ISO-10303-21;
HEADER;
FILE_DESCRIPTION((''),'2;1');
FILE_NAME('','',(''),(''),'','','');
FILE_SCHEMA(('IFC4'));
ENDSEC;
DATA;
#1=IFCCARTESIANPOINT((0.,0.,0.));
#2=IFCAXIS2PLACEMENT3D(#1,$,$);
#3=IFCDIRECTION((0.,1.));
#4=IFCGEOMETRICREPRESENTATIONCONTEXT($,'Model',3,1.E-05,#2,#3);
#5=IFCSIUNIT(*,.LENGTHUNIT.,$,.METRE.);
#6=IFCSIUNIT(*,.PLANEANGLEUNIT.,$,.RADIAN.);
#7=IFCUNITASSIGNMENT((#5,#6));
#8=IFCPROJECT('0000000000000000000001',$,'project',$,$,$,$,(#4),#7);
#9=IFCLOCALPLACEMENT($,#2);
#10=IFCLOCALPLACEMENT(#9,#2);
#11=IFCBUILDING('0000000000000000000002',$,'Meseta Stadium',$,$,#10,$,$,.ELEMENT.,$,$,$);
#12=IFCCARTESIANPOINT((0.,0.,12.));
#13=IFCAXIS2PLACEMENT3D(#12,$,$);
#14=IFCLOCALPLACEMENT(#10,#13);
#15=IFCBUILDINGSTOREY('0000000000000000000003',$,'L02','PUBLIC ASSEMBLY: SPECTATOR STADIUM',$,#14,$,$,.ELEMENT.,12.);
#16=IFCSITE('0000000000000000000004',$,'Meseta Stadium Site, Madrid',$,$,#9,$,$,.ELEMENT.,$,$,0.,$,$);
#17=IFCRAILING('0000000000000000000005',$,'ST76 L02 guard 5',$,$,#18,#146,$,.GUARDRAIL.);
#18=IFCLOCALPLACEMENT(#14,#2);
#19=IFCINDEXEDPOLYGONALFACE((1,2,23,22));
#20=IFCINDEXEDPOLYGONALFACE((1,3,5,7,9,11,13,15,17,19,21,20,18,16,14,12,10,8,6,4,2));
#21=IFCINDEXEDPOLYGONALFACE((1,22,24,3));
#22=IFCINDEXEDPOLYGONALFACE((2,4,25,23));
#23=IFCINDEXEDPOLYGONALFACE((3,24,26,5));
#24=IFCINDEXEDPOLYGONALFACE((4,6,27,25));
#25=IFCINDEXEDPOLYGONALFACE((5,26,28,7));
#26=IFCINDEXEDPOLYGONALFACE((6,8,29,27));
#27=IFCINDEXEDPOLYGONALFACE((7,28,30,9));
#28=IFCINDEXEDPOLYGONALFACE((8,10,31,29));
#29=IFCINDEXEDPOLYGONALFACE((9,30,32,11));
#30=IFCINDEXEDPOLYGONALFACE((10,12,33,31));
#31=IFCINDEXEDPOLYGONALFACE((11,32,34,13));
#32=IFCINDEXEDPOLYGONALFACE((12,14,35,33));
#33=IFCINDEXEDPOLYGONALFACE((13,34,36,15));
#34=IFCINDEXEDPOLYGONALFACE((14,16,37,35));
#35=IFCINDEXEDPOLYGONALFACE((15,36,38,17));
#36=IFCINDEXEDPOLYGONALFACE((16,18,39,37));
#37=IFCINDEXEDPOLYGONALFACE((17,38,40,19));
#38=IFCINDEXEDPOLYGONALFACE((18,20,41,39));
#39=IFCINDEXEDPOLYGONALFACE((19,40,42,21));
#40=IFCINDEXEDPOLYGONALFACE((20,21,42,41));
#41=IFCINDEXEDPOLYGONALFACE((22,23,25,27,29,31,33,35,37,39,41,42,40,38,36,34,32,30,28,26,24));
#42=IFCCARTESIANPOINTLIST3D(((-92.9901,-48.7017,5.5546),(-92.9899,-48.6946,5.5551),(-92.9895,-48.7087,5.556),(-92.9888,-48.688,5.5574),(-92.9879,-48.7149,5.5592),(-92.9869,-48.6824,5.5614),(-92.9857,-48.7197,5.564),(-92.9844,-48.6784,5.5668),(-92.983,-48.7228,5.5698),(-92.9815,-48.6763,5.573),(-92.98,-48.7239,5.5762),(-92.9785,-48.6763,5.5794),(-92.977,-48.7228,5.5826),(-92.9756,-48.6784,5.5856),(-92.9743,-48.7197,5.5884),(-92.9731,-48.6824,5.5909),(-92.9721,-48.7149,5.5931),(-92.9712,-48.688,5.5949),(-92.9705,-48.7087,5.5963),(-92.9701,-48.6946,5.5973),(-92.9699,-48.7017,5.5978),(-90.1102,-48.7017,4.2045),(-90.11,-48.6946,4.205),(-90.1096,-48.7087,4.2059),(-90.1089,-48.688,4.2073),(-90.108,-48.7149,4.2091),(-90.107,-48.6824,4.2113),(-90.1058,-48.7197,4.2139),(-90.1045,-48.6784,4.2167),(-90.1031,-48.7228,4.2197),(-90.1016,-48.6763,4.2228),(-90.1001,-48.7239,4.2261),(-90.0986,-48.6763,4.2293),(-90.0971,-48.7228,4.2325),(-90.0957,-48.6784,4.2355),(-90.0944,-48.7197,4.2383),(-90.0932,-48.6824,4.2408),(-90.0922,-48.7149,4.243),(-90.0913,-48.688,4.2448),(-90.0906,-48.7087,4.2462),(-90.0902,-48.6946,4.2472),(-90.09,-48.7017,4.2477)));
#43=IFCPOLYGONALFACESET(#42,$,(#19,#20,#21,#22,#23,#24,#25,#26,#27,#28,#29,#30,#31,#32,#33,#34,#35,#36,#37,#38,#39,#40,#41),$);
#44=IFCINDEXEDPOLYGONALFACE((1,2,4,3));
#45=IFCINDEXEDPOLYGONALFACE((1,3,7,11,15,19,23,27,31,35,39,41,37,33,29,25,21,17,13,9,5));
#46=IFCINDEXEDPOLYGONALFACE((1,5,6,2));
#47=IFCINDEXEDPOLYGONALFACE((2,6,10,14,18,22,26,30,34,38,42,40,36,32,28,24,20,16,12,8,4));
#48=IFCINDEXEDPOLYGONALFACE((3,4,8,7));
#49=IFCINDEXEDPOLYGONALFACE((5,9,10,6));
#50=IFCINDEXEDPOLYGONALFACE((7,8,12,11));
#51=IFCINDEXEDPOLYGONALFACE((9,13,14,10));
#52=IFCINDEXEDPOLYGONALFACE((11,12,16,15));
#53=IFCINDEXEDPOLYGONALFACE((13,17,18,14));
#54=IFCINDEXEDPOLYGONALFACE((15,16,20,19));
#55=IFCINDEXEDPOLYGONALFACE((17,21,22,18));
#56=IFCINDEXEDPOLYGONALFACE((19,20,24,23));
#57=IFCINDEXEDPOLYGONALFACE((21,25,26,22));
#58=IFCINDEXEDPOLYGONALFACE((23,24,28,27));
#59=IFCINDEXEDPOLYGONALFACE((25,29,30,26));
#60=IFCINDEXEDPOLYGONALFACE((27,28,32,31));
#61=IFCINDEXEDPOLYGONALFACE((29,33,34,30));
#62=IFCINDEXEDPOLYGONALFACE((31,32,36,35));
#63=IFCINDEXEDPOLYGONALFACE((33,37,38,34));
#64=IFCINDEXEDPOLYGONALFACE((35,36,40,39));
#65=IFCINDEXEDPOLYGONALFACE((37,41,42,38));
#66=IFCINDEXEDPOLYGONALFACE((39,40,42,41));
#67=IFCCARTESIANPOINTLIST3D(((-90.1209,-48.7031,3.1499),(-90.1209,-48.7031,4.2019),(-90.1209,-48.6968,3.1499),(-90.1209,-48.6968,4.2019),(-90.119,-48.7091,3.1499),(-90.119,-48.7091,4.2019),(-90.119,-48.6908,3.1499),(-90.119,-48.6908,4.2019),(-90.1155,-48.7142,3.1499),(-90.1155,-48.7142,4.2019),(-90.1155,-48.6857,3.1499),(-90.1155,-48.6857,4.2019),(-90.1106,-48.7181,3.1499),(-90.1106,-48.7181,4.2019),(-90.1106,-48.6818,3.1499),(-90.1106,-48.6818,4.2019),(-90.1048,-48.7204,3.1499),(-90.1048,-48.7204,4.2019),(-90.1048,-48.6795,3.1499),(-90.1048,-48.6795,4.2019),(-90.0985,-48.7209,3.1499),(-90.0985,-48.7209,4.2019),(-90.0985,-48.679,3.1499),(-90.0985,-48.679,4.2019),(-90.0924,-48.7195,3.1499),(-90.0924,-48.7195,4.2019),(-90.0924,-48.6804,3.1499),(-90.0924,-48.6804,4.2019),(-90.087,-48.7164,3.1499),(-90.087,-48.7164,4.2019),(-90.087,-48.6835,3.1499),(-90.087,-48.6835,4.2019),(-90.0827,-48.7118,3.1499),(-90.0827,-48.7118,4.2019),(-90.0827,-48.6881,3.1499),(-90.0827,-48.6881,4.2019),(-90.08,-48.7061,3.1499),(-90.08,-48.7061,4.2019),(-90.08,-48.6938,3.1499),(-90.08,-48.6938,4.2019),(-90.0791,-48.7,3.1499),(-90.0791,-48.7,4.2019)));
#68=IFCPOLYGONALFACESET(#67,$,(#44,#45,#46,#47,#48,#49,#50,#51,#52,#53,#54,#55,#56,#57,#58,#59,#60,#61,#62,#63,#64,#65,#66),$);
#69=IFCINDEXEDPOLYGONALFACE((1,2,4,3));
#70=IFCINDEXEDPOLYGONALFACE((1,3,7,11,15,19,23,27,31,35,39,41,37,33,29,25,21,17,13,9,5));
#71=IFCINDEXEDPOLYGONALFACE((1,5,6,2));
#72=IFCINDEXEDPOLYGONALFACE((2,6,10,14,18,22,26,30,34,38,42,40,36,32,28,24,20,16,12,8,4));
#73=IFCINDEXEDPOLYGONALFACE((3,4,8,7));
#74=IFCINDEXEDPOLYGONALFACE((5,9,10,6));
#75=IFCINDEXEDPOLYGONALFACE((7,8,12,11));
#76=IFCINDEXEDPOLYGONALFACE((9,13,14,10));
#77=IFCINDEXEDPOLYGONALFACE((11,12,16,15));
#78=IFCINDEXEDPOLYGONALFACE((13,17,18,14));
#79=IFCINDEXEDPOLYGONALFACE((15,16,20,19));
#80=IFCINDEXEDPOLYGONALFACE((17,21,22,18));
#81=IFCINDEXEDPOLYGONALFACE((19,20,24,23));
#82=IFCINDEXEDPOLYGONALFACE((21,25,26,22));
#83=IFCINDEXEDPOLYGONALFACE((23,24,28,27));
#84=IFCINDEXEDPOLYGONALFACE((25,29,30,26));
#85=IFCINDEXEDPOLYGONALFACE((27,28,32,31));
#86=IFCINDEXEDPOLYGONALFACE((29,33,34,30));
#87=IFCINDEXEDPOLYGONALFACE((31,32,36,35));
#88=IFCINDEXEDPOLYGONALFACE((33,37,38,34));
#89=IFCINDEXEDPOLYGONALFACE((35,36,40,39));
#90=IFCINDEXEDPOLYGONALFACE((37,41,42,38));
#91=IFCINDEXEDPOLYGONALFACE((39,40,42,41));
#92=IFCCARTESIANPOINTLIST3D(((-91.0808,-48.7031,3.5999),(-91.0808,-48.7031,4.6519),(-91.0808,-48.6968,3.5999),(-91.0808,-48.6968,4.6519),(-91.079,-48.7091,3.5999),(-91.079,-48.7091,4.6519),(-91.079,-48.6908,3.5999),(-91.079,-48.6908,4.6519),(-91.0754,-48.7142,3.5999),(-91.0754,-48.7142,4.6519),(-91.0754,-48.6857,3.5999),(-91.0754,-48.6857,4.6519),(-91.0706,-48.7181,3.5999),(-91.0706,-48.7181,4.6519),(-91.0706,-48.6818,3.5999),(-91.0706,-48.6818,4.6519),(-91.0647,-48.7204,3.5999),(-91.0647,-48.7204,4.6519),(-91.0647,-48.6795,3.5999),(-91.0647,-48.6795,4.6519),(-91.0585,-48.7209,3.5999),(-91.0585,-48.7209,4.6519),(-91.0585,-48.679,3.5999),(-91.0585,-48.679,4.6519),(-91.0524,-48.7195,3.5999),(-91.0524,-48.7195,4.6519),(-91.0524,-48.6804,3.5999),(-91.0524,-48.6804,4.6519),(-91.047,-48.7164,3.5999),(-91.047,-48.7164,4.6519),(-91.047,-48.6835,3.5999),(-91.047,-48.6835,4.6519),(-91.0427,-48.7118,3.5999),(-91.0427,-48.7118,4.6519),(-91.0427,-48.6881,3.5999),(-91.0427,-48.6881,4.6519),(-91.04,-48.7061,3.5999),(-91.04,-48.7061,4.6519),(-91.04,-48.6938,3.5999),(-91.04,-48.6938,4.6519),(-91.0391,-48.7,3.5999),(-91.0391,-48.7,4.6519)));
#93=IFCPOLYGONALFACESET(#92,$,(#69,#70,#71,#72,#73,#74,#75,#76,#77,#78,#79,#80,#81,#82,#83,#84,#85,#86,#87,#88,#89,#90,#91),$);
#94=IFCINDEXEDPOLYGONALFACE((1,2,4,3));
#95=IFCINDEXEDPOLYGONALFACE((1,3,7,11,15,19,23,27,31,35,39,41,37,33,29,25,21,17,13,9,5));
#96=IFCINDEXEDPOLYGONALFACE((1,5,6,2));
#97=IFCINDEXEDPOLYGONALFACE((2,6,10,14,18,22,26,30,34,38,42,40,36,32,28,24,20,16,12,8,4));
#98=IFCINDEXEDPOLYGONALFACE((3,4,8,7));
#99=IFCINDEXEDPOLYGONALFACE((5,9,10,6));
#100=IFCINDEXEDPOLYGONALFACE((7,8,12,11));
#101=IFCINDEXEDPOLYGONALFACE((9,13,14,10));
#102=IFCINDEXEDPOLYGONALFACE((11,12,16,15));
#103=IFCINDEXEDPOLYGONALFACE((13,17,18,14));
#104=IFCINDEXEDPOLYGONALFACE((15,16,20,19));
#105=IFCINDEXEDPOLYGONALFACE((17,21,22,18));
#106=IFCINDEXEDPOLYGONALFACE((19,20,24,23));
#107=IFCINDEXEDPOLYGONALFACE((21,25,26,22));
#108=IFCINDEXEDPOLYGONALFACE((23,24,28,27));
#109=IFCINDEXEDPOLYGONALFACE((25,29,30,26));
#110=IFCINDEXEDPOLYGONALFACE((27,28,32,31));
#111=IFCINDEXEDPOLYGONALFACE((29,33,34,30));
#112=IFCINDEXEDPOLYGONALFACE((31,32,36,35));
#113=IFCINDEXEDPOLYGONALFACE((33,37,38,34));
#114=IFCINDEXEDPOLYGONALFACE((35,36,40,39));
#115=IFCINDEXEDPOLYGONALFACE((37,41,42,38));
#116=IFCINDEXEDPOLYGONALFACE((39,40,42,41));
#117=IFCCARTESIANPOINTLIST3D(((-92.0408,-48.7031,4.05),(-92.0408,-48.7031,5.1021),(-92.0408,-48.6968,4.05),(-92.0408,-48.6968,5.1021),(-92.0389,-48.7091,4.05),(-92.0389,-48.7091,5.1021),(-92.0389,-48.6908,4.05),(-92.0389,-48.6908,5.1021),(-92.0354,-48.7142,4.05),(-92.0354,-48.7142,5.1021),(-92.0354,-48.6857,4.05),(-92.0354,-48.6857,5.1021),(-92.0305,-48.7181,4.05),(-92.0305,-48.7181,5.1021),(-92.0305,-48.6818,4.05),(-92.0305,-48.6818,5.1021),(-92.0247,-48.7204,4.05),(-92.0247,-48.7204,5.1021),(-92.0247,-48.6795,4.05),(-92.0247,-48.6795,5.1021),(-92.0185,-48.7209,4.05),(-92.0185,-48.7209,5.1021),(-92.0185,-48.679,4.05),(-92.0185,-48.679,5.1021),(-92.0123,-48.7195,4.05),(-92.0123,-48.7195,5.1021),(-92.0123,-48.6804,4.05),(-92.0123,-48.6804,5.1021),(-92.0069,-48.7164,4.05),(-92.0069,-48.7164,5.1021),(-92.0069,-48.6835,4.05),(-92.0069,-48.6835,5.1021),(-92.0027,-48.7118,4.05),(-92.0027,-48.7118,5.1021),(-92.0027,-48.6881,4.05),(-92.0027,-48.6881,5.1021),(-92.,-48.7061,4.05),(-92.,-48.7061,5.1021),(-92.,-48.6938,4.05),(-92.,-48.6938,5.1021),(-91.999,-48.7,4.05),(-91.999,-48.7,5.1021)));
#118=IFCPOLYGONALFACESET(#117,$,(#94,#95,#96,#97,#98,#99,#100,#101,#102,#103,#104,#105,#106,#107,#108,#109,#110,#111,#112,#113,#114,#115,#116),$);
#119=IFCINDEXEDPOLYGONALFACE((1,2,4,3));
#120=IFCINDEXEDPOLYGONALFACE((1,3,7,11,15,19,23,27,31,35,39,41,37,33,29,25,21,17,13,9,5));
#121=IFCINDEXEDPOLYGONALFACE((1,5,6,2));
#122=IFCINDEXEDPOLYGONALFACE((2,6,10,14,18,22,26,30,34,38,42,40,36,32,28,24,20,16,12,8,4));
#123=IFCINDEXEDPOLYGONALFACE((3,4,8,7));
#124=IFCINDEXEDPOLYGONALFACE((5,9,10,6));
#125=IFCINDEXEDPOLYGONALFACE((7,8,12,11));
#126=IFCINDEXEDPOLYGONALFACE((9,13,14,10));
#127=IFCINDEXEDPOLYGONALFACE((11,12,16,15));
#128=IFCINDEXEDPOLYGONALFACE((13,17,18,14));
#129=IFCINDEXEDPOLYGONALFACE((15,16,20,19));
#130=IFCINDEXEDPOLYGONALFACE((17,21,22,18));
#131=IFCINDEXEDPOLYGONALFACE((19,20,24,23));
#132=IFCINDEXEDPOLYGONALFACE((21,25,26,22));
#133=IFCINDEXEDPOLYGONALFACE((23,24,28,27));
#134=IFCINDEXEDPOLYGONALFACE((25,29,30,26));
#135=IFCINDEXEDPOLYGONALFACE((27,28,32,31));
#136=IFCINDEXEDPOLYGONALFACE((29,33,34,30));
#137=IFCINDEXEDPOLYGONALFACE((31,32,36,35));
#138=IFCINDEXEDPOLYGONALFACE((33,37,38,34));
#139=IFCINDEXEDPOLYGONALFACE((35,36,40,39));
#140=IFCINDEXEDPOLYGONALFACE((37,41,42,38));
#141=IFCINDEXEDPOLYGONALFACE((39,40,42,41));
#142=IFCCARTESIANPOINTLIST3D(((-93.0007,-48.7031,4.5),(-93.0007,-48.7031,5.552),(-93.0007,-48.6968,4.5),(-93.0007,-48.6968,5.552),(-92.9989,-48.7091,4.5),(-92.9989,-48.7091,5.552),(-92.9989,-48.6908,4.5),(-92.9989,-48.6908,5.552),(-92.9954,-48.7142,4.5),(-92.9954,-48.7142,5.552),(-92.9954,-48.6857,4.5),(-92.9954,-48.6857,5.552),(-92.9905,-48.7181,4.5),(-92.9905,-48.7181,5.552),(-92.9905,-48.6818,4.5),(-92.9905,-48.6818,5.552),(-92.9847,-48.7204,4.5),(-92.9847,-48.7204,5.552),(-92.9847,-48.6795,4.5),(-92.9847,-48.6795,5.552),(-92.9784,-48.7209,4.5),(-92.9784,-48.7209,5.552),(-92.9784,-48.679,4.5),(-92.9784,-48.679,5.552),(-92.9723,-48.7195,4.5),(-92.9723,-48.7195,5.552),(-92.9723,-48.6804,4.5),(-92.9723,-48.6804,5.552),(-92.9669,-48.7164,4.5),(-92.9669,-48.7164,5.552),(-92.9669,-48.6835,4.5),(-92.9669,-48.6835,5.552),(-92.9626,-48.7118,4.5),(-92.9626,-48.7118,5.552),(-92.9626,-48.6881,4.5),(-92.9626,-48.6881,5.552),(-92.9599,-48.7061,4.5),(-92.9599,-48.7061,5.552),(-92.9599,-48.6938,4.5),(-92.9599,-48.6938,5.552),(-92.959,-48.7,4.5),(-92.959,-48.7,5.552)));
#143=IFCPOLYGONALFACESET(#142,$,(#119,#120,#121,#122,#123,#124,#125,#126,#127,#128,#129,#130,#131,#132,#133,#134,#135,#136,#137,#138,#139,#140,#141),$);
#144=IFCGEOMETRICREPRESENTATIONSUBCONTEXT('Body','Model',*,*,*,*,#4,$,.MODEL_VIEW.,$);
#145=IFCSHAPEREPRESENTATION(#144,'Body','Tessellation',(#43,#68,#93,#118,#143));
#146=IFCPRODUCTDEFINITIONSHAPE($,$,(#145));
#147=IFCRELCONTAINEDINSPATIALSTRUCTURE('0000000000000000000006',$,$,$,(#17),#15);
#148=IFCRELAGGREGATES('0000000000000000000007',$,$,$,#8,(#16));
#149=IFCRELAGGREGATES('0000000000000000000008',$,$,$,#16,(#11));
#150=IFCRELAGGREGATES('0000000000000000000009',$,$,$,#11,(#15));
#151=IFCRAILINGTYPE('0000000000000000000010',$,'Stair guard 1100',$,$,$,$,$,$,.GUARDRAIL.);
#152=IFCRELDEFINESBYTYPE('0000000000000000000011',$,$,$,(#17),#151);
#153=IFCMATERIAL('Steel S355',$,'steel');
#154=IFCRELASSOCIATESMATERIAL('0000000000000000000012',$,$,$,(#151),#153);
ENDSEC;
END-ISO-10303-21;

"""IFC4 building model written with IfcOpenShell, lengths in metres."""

from ifc_helpers import new_model, si_unit, direction, frame, origin, origin_2d, place, context, subcontext, project, spatial, circle, extrude, material, type_object, element, save


model = new_model("IFC4")

# Units and contexts
model_context = context("Model", 3, precision=1e-05, world=origin(), true_north=direction((0.0, 1.0)))
body_context = subcontext(model_context, "Body", "Model", "MODEL_VIEW")
ifc_project = project(units=[si_unit("LENGTHUNIT", "METRE"), si_unit("PLANEANGLEUNIT", "RADIAN")], contexts=[model_context])

# Site, building, storey
site_placement = place(None, origin())
site = spatial("IfcSite", under=ifc_project, at=site_placement, Name="Meseta Stadium Site, Madrid", CompositionType="ELEMENT", RefElevation=0.0)
building_placement = place(site_placement, origin())
building = spatial("IfcBuilding", under=site, at=building_placement, Name="Meseta Stadium", CompositionType="ELEMENT")
storey_placement = place(building_placement, frame((0.0, 0.0, 12.0)))
storey = spatial("IfcBuildingStorey", under=building, at=storey_placement, Name="L02", Description="PUBLIC ASSEMBLY: SPECTATOR STADIUM", CompositionType="ELEMENT", Elevation=12.0)

# Railing
ifc_material_1 = material(Name="Steel S355", Category="steel")
railing_type_1 = type_object("IfcRailingType", Name="Stair guard 1100", PredefinedType="GUARDRAIL", material=ifc_material_1)
railing_1_placement = place(storey_placement, frame((-90.1001, -48.7, 3.1499)))
element("IfcRailing", 1, at=railing_1_placement, inside=storey, type_object=railing_type_1, Name="ST76 L02 guard 5", PredefinedType="GUARDRAIL", context=body_context, shape_type="SweptSolid", body=[
    extrude(circle(Radius=0.0239, at=origin_2d()), frame((0.0, 0.0, 1.0762), z_axis=(-0.90544, 0.0, 0.424473), x_axis=(0.0, -1.0, 0.0)), (0.0, 0.0, 1.0), 3.1807),
    extrude(circle(Radius=0.021, at=origin_2d()), origin(), (0.0, 0.0, 1.0), 1.052),
    extrude(circle(Radius=0.021, at=origin_2d()), frame((-0.96, 0.0, 0.45)), (0.0, 0.0, 1.0), 1.052),
    extrude(circle(Radius=0.021, at=origin_2d()), frame((-1.9199, 0.0, 0.9001)), (0.0, 0.0, 1.0), 1.052),
    extrude(circle(Radius=0.021, at=origin_2d()), frame((-2.8799, 0.0, 1.3501)), (0.0, 0.0, 1.0), 1.052),
])

save(model, "model.ifc")
